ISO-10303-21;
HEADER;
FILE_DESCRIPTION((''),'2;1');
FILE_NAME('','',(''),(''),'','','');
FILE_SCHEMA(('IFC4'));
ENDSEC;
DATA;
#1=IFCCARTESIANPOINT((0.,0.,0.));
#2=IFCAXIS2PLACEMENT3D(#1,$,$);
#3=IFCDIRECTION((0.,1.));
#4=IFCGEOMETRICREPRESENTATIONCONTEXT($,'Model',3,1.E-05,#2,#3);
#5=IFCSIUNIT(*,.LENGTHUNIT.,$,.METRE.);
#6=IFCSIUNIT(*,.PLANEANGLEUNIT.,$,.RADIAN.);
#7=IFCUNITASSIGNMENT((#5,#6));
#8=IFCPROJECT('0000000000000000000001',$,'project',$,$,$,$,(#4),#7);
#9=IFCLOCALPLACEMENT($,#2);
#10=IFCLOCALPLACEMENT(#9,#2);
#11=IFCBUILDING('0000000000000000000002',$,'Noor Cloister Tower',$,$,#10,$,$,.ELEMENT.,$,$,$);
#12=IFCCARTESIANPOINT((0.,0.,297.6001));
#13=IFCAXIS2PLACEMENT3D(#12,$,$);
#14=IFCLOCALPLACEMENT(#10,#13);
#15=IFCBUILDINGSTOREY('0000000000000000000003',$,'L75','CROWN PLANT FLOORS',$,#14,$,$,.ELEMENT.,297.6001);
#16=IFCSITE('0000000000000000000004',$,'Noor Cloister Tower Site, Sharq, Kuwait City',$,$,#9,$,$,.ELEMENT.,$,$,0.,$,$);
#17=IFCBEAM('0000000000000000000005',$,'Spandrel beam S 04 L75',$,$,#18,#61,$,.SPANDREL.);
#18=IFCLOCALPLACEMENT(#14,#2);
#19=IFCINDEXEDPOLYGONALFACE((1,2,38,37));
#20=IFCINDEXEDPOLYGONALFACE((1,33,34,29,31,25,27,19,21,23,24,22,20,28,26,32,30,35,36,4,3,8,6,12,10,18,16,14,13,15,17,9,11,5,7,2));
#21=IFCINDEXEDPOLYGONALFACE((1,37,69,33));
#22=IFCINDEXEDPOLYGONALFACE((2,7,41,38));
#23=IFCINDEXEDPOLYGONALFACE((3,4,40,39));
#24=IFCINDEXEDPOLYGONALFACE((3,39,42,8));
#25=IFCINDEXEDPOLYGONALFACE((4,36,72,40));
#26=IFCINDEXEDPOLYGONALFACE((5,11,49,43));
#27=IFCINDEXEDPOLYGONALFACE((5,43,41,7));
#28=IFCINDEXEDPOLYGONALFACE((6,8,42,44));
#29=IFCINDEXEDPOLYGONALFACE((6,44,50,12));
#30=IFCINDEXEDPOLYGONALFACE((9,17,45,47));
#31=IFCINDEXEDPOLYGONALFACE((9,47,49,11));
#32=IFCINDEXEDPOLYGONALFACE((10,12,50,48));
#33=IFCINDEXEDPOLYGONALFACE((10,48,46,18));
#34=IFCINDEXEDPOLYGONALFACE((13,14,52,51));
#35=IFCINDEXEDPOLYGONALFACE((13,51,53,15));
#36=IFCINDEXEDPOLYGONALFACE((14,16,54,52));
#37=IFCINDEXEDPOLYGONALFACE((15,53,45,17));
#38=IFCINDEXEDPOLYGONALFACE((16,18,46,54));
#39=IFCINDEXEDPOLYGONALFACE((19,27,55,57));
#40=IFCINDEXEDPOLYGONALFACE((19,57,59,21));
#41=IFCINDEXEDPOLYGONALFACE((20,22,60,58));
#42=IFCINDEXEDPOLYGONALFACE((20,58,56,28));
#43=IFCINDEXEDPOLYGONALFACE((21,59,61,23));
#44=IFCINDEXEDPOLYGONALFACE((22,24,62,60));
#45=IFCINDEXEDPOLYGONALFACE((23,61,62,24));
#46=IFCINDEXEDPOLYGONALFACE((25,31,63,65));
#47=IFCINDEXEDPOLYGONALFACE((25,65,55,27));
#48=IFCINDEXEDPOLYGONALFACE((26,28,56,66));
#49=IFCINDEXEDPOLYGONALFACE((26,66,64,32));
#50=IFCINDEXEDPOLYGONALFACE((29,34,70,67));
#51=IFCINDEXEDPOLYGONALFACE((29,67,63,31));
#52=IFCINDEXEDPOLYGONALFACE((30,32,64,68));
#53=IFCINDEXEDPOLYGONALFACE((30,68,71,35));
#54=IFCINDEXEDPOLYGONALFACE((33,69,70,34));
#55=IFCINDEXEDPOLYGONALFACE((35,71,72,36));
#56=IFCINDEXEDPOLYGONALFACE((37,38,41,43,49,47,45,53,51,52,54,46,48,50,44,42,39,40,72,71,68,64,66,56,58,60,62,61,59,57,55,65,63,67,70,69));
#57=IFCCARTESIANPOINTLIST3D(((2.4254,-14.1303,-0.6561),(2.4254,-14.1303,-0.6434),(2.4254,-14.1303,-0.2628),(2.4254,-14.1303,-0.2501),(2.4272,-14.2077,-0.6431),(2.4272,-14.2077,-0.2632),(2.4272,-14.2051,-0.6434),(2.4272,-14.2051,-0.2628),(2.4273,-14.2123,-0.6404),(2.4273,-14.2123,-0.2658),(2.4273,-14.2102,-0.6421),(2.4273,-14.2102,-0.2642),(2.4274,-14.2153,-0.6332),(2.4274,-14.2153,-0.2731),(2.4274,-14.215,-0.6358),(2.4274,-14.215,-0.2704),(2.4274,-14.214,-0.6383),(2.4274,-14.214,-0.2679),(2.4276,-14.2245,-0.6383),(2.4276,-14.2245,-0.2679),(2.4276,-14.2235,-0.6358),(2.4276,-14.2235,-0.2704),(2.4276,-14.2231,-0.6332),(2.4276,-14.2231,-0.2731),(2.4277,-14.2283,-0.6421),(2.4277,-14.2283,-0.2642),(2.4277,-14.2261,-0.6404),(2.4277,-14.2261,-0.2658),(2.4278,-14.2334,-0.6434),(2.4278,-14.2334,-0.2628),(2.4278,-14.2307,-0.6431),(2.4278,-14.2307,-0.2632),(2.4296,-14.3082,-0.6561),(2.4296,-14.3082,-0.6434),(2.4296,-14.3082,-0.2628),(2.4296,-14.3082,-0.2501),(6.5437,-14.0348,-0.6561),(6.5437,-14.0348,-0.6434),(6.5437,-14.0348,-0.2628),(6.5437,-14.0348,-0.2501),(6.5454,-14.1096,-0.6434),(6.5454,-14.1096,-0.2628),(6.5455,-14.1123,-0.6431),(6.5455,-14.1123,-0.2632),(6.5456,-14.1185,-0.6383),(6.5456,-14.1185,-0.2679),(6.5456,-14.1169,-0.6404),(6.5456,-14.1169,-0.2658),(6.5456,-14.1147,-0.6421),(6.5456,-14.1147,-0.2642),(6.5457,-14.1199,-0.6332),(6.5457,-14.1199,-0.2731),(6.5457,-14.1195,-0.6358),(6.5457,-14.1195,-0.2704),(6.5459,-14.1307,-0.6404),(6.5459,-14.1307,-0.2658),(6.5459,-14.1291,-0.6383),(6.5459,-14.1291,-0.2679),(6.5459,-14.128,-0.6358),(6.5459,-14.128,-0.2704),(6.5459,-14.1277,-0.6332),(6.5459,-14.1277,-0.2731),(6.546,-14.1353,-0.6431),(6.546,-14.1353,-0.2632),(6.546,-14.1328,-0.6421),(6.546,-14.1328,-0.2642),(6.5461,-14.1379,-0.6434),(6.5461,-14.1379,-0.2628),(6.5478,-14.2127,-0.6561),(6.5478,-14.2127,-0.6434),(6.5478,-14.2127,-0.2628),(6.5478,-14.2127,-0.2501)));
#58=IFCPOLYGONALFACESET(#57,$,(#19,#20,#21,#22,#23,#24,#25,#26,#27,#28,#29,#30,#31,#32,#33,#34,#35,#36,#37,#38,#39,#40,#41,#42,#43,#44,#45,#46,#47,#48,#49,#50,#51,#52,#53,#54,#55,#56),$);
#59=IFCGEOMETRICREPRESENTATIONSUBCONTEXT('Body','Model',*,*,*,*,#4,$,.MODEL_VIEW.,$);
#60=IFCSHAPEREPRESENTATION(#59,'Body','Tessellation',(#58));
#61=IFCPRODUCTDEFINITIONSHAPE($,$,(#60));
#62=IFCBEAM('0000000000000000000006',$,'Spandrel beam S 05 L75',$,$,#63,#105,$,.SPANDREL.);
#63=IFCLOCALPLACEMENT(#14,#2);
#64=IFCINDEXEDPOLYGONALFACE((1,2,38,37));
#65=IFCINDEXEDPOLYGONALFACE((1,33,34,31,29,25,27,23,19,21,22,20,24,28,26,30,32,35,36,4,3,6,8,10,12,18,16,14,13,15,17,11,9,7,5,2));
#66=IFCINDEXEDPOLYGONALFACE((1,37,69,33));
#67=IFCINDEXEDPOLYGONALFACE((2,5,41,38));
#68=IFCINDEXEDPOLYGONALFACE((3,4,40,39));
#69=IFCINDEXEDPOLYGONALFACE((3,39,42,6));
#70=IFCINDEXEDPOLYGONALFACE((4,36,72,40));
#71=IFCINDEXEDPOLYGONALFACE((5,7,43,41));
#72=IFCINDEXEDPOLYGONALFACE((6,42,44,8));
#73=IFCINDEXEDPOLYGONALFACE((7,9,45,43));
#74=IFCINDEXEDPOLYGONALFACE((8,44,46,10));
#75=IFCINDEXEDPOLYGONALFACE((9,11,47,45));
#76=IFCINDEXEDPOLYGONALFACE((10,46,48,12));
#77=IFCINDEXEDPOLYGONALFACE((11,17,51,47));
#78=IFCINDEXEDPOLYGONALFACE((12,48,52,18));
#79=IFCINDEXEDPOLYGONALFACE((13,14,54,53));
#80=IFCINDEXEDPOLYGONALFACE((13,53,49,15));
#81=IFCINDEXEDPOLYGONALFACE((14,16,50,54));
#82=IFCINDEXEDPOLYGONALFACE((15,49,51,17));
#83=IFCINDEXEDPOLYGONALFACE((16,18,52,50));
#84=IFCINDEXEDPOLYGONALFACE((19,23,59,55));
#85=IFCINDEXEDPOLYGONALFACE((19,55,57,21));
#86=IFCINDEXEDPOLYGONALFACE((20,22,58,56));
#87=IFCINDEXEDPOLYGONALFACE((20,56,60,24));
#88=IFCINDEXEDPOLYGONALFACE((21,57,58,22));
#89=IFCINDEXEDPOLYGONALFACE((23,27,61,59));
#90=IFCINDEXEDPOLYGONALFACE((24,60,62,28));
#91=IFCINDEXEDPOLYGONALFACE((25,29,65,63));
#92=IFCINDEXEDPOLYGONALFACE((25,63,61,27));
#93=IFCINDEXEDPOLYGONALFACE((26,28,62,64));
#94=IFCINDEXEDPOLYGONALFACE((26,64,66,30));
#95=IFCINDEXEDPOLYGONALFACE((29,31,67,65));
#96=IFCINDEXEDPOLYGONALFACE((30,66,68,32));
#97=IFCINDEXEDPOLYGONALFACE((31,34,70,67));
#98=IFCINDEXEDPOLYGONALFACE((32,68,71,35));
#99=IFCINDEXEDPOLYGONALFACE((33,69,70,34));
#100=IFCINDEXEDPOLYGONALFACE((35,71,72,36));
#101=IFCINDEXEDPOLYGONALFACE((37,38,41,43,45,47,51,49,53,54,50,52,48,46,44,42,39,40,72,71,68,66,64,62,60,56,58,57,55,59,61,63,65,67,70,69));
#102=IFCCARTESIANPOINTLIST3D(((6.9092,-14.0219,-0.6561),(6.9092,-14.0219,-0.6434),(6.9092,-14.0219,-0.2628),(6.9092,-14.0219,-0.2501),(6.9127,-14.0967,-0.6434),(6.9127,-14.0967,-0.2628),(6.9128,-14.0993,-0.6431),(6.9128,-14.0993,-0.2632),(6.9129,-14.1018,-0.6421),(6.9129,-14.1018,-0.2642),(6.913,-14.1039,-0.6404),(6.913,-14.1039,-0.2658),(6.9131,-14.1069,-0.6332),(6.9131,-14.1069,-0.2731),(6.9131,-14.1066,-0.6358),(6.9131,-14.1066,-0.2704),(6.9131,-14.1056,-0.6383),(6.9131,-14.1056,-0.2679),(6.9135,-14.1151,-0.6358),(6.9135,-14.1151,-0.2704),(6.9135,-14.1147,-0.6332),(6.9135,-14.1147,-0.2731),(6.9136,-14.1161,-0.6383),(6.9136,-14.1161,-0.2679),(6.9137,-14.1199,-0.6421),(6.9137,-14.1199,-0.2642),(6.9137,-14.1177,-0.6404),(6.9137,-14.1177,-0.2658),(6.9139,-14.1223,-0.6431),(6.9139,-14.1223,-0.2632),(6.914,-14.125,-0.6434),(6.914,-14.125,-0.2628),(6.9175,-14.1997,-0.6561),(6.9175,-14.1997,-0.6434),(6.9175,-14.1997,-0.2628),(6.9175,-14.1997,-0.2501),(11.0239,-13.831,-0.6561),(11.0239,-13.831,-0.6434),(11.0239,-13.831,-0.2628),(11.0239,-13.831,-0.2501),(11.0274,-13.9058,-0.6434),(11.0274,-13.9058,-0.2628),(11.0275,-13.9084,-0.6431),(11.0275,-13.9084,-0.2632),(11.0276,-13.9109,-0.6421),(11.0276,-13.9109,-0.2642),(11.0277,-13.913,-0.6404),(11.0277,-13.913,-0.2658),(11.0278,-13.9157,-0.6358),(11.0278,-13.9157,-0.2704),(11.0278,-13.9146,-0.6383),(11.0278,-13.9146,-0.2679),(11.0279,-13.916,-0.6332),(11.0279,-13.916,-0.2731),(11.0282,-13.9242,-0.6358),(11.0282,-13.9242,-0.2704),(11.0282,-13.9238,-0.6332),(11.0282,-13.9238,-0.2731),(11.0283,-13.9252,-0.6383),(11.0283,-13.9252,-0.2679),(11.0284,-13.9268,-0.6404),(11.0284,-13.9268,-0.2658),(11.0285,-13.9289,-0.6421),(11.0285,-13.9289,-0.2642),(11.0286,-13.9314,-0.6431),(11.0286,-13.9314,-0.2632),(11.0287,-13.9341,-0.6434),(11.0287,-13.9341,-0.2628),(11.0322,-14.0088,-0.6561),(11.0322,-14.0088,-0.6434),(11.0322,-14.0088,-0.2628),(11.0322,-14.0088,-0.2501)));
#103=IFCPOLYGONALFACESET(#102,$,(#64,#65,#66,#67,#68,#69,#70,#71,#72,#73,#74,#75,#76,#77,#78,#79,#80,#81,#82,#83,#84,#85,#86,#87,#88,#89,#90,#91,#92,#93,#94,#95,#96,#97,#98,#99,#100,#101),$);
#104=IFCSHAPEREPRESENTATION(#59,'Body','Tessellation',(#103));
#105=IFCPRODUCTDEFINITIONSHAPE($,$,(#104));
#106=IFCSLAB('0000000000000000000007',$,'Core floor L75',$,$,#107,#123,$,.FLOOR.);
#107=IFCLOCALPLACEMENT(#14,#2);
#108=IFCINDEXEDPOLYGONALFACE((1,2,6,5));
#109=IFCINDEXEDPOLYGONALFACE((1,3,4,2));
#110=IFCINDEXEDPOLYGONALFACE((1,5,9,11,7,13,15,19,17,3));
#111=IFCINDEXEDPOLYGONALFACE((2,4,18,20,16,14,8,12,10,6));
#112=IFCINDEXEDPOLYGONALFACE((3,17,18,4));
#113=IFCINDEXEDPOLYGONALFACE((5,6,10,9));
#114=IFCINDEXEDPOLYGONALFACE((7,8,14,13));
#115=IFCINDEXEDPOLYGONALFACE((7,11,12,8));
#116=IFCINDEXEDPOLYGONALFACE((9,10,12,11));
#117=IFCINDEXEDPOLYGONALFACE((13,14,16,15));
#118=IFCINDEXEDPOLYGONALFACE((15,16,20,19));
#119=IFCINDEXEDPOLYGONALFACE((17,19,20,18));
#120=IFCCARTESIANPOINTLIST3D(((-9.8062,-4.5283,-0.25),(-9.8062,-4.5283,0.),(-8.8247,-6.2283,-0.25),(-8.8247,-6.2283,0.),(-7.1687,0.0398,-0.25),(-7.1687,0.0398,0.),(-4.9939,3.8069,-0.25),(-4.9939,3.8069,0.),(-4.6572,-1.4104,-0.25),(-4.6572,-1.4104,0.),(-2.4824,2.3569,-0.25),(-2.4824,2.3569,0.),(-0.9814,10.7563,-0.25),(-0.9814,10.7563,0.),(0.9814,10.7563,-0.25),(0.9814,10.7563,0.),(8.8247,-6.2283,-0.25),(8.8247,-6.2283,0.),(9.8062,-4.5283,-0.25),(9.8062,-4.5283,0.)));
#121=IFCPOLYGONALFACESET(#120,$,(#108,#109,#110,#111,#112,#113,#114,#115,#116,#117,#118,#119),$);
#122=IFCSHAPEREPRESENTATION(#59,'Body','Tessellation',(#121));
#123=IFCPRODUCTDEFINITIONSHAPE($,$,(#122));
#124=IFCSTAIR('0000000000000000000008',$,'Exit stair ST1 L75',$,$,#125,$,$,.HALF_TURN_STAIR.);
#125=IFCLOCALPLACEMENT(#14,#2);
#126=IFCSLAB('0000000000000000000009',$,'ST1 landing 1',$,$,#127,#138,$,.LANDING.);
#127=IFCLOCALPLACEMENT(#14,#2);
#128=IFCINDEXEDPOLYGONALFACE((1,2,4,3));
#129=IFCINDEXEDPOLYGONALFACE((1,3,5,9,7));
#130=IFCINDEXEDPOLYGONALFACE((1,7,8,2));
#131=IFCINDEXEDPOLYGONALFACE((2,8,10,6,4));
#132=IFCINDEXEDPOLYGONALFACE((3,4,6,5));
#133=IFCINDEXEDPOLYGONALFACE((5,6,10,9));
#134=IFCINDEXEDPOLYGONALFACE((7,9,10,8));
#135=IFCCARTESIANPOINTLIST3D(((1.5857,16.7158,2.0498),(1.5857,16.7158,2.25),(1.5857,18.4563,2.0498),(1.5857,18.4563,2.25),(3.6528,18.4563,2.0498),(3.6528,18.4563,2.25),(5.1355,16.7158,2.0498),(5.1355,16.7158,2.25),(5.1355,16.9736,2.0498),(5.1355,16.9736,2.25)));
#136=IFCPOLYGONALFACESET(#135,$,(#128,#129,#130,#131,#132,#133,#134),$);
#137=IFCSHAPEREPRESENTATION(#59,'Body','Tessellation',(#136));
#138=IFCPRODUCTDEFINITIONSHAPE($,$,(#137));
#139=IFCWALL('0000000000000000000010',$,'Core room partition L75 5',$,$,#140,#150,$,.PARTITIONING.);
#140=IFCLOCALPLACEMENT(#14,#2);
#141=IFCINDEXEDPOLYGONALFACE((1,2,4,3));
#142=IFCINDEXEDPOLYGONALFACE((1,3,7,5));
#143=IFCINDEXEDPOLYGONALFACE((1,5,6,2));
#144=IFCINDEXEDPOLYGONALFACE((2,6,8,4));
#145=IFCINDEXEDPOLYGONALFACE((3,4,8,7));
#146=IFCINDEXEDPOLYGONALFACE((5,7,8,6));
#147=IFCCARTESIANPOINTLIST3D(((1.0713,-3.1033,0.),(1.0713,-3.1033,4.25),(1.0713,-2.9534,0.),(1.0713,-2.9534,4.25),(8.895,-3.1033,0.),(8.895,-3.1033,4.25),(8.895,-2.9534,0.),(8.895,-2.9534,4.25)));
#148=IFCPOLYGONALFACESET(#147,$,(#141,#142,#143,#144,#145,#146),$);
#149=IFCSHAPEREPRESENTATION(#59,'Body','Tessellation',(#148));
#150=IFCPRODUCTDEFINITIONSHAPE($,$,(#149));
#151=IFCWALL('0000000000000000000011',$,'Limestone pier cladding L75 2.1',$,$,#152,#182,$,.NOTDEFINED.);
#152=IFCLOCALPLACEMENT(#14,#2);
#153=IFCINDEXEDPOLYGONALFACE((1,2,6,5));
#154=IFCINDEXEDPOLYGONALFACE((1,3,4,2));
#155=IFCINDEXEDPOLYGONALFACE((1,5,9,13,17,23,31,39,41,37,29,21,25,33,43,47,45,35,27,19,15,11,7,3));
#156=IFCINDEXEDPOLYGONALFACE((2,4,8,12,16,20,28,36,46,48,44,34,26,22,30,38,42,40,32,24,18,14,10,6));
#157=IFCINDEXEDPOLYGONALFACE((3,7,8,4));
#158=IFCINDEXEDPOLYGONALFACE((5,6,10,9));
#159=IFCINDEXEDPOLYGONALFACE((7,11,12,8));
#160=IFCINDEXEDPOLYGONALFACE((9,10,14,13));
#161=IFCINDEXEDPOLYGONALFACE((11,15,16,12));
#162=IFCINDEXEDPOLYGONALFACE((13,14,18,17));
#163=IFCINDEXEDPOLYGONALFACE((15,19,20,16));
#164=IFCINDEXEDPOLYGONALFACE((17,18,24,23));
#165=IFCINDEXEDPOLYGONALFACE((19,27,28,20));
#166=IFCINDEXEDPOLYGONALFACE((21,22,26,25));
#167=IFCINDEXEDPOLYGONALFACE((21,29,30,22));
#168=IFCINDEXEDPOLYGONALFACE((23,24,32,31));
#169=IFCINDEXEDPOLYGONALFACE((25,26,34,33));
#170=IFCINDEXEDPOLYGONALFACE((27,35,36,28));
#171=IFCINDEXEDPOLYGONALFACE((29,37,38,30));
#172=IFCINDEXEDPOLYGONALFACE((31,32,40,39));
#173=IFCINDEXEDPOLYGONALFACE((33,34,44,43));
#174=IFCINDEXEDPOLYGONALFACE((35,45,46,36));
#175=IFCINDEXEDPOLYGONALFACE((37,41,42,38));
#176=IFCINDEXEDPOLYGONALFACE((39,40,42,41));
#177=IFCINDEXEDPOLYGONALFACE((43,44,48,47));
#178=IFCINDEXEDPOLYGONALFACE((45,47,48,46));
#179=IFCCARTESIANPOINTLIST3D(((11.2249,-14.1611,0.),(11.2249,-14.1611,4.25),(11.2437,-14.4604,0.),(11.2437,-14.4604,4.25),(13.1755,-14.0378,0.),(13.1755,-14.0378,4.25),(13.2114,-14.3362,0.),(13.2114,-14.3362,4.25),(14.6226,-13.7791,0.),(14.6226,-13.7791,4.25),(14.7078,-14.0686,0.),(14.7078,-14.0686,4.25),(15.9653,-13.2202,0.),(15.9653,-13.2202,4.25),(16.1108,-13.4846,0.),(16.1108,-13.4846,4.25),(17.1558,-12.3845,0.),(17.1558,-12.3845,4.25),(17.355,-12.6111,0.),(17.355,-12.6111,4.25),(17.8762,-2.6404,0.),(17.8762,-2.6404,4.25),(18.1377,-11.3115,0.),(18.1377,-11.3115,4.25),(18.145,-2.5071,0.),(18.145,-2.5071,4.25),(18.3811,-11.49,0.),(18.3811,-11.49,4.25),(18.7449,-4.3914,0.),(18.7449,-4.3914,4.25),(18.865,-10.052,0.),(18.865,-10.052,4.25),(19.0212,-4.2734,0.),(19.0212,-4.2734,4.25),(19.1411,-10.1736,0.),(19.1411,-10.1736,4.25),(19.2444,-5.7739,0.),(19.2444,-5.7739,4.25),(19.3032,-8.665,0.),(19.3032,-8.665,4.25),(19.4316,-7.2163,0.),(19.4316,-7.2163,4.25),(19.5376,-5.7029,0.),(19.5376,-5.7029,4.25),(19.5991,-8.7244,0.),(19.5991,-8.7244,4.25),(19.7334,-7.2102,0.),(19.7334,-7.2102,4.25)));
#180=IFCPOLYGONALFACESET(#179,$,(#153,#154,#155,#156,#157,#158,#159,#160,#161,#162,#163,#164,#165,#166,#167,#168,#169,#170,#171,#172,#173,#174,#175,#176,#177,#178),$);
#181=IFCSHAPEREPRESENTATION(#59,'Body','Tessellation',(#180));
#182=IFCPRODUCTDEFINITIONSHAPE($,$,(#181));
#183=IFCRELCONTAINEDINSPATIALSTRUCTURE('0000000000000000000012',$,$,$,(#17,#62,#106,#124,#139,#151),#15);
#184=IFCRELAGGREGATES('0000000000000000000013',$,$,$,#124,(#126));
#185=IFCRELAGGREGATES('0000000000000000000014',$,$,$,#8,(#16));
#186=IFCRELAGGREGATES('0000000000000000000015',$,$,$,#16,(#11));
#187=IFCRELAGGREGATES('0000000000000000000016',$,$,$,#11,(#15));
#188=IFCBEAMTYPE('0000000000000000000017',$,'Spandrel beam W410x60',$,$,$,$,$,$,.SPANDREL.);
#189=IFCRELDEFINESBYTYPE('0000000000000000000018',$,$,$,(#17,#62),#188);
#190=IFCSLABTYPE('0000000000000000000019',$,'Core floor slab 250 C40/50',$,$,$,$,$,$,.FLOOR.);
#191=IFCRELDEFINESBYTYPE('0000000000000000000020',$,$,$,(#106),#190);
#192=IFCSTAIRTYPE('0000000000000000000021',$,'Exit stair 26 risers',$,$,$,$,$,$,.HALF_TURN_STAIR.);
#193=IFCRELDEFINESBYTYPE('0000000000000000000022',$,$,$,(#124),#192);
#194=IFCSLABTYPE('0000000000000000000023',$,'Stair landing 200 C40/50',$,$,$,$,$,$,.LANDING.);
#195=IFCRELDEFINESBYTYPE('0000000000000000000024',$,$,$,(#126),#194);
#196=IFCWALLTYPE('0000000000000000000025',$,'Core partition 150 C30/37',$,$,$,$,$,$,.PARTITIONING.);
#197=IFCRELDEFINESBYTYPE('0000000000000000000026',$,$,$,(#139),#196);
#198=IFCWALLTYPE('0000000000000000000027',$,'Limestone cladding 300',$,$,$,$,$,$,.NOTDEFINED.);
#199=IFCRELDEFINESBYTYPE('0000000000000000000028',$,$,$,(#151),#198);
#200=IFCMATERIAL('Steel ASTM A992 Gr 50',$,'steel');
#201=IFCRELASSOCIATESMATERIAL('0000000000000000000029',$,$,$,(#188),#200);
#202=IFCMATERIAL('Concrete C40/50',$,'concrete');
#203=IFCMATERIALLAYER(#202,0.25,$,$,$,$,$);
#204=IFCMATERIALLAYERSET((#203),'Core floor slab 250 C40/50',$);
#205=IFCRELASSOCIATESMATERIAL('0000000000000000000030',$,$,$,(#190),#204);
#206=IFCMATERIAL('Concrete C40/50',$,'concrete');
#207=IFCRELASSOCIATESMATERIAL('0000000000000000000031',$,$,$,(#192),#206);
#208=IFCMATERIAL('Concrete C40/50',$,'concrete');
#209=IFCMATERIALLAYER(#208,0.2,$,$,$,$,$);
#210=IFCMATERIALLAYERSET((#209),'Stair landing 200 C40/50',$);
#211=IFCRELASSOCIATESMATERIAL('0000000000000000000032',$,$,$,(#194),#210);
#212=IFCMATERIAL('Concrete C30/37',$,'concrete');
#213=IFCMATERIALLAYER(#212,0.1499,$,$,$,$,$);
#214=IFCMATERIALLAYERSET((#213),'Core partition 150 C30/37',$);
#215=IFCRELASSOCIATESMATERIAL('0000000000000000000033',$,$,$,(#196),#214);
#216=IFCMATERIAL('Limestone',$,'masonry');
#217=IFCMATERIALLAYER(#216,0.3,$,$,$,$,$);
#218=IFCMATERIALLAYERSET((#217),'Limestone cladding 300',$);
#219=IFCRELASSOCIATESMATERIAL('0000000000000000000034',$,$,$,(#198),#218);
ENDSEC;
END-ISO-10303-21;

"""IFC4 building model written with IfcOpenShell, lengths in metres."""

from ifc_helpers import new_model, si_unit, direction, frame, frame_2d, origin, origin_2d, place, context, subcontext, project, spatial, polyline, rectangle, i_section, outline, extrude, material, layer, layer_set, material_profile, profile_set, type_object, element, aggregate, save


model = new_model("IFC4")

# Units and contexts
model_context = context("Model", 3, precision=1e-05, world=origin(), true_north=direction((0.0, 1.0)))
body_context = subcontext(model_context, "Body", "Model", "MODEL_VIEW")
ifc_project = project(units=[si_unit("LENGTHUNIT", "METRE"), si_unit("PLANEANGLEUNIT", "RADIAN")], contexts=[model_context])

# Site, building, storey
site_placement = place(None, origin())
site = spatial("IfcSite", under=ifc_project, at=site_placement, Name="Noor Cloister Tower Site, Sharq, Kuwait City", CompositionType="ELEMENT", RefElevation=0.0)
building_placement = place(site_placement, origin())
building = spatial("IfcBuilding", under=site, at=building_placement, Name="Noor Cloister Tower", CompositionType="ELEMENT")
storey_placement = place(building_placement, frame((0.0, 0.0, 297.6001)))
storey = spatial("IfcBuildingStorey", under=building, at=storey_placement, Name="L75", Description="CROWN PLANT FLOORS", CompositionType="ELEMENT", Elevation=297.6001)

# Beams
ifc_material_1 = material(Name="Steel ASTM A992 Gr 50", Category="steel")
ifc_material_profile_1 = material_profile(ifc_material_1, i_section(OverallWidth=0.178, OverallDepth=0.406, WebThickness=0.0078, FlangeThickness=0.0127, FilletRadius=0.0103, at=origin_2d()), Name="W410x60")
ifc_profile_set_1 = profile_set([ifc_material_profile_1], Name="Steel ASTM A992 Gr 50")
beam_type_1 = type_object("IfcBeamType", Name="Spandrel beam W410x60", PredefinedType="SPANDREL", material=ifc_profile_set_1)
beam_1_placement = place(storey_placement, frame((2.4275, -14.2192, -0.4531), z_axis=(0.999731, 0.023174, 0.0), x_axis=(-0.023174, 0.999731, 0.0)))
element("IfcBeam", 1, at=beam_1_placement, inside=storey, type_object=beam_type_1, Name="Spandrel beam S 04 L75", PredefinedType="SPANDREL", context=body_context, shape_type="SweptSolid", body=[
    extrude(i_section(OverallWidth=0.178, OverallDepth=0.406, WebThickness=0.0078, FlangeThickness=0.0127, FilletRadius=0.0103, at=origin_2d()), origin(), (0.0, 0.0, 1.0), 4.1194),
])
beam_2_placement = place(storey_placement, frame((6.9133, -14.1108, -0.4531), z_axis=(0.998925, 0.046349, 0.0), x_axis=(-0.046349, 0.998925, 0.0)))
element("IfcBeam", 2, at=beam_2_placement, inside=storey, type_object=beam_type_1, Name="Spandrel beam S 05 L75", PredefinedType="SPANDREL", context=body_context, shape_type="SweptSolid", body=[
    extrude(i_section(OverallWidth=0.178, OverallDepth=0.406, WebThickness=0.0078, FlangeThickness=0.0127, FilletRadius=0.0103, at=origin_2d()), origin(), (0.0, 0.0, 1.0), 4.1191),
])

# Slab
ifc_material_2 = material(Name="Concrete C40/50", Category="concrete")
ifc_layer_1 = layer(ifc_material_2, 0.25)
ifc_layer_set_1 = layer_set([ifc_layer_1], Name="Core floor slab 250 C40/50")
slab_type_1 = type_object("IfcSlabType", Name="Core floor slab 250 C40/50", PredefinedType="FLOOR", material=ifc_layer_set_1)
slab_1_placement = place(storey_placement, frame((0.0, 0.0, -0.25)))
element("IfcSlab", 3, at=slab_1_placement, inside=storey, type_object=slab_type_1, Name="Core floor L75", PredefinedType="FLOOR", context=body_context, shape_type="SweptSolid", body=[
    extrude(outline(polyline([(-4.9939, 3.8069), (-2.4824, 2.3569), (-4.6572, -1.4104), (-7.1687, 0.0398), (-9.8062, -4.5283), (-8.8247, -6.2283), (8.8247, -6.2283), (9.8062, -4.5283), (0.9814, 10.7563), (-0.9814, 10.7563), (-4.9939, 3.8069)])), origin(), (0.0, 0.0, 1.0), 0.25),
])

# Stair, slab
ifc_material_3 = material(Name="Concrete C40/50", Category="concrete")
stair_type = type_object("IfcStairType", Name="Exit stair 26 risers", PredefinedType="HALF_TURN_STAIR", material=ifc_material_3)
stair_placement = place(storey_placement, origin())
stair = element("IfcStair", 4, at=stair_placement, inside=storey, type_object=stair_type, Name="Exit stair ST1 L75", PredefinedType="HALF_TURN_STAIR")
ifc_material_4 = material(Name="Concrete C40/50", Category="concrete")
ifc_layer_2 = layer(ifc_material_4, 0.2)
ifc_layer_set_2 = layer_set([ifc_layer_2], Name="Stair landing 200 C40/50")
slab_type_2 = type_object("IfcSlabType", Name="Stair landing 200 C40/50", PredefinedType="LANDING", material=ifc_layer_set_2)
slab_2_placement = place(storey_placement, frame((0.0, 0.0, 2.0498)))
slab_2 = element("IfcSlab", 5, at=slab_2_placement, type_object=slab_type_2, Name="ST1 landing 1", PredefinedType="LANDING", context=body_context, shape_type="SweptSolid", body=[
    extrude(outline(polyline([(5.1355, 16.7158), (5.1355, 16.9736), (3.6528, 18.4563), (1.5857, 18.4563), (1.5857, 16.7158), (5.1355, 16.7158)])), origin(), (0.0, 0.0, 1.0), 0.2002),
])
aggregate(stair, [slab_2])

# Walls
ifc_material_5 = material(Name="Concrete C30/37", Category="concrete")
ifc_layer_3 = layer(ifc_material_5, 0.1499)
ifc_layer_set_3 = layer_set([ifc_layer_3], Name="Core partition 150 C30/37")
wall_type_1 = type_object("IfcWallType", Name="Core partition 150 C30/37", PredefinedType="PARTITIONING", material=ifc_layer_set_3)
wall_1_placement = place(storey_placement, frame((1.0713, -3.0283, 0.0), z_axis=(0.0, 0.0, 1.0), x_axis=(1.0, 0.0, 0.0)))
element("IfcWall", 6, at=wall_1_placement, inside=storey, type_object=wall_type_1, Name="Core room partition L75 5", PredefinedType="PARTITIONING", context=body_context, shape_type="SweptSolid", body=[
    extrude(rectangle(XDim=7.8237, YDim=0.1499, at=frame_2d((3.9119, 0.0))), origin(), (0.0, 0.0, 1.0), 4.25),
])
ifc_material_6 = material(Name="Limestone", Category="masonry")
ifc_layer_4 = layer(ifc_material_6, 0.3)
ifc_layer_set_4 = layer_set([ifc_layer_4], Name="Limestone cladding 300")
wall_type_2 = type_object("IfcWallType", Name="Limestone cladding 300", PredefinedType="NOTDEFINED", material=ifc_layer_set_4)
wall_2_placement = place(storey_placement, origin())
element("IfcWall", 7, at=wall_2_placement, inside=storey, type_object=wall_type_2, Name="Limestone pier cladding L75 2.1", PredefinedType="NOTDEFINED", context=body_context, shape_type="SweptSolid", body=[
    extrude(outline(polyline([(11.2437, -14.4604), (13.2114, -14.3362), (14.7078, -14.0686), (16.1108, -13.4846), (17.355, -12.6111), (18.3811, -11.49), (19.1411, -10.1736), (19.5991, -8.7244), (19.7334, -7.2102), (19.5376, -5.7029), (19.0212, -4.2734), (18.145, -2.5071), (17.8762, -2.6404), (18.7449, -4.3914), (19.2444, -5.7739), (19.4316, -7.2163), (19.3032, -8.665), (18.865, -10.052), (18.1377, -11.3115), (17.1558, -12.3845), (15.9653, -13.2202), (14.6226, -13.7791), (13.1755, -14.0378), (11.2249, -14.1611), (11.2437, -14.4604)])), origin(), (0.0, 0.0, 1.0), 4.25),
])

save(model, "model.ifc")
